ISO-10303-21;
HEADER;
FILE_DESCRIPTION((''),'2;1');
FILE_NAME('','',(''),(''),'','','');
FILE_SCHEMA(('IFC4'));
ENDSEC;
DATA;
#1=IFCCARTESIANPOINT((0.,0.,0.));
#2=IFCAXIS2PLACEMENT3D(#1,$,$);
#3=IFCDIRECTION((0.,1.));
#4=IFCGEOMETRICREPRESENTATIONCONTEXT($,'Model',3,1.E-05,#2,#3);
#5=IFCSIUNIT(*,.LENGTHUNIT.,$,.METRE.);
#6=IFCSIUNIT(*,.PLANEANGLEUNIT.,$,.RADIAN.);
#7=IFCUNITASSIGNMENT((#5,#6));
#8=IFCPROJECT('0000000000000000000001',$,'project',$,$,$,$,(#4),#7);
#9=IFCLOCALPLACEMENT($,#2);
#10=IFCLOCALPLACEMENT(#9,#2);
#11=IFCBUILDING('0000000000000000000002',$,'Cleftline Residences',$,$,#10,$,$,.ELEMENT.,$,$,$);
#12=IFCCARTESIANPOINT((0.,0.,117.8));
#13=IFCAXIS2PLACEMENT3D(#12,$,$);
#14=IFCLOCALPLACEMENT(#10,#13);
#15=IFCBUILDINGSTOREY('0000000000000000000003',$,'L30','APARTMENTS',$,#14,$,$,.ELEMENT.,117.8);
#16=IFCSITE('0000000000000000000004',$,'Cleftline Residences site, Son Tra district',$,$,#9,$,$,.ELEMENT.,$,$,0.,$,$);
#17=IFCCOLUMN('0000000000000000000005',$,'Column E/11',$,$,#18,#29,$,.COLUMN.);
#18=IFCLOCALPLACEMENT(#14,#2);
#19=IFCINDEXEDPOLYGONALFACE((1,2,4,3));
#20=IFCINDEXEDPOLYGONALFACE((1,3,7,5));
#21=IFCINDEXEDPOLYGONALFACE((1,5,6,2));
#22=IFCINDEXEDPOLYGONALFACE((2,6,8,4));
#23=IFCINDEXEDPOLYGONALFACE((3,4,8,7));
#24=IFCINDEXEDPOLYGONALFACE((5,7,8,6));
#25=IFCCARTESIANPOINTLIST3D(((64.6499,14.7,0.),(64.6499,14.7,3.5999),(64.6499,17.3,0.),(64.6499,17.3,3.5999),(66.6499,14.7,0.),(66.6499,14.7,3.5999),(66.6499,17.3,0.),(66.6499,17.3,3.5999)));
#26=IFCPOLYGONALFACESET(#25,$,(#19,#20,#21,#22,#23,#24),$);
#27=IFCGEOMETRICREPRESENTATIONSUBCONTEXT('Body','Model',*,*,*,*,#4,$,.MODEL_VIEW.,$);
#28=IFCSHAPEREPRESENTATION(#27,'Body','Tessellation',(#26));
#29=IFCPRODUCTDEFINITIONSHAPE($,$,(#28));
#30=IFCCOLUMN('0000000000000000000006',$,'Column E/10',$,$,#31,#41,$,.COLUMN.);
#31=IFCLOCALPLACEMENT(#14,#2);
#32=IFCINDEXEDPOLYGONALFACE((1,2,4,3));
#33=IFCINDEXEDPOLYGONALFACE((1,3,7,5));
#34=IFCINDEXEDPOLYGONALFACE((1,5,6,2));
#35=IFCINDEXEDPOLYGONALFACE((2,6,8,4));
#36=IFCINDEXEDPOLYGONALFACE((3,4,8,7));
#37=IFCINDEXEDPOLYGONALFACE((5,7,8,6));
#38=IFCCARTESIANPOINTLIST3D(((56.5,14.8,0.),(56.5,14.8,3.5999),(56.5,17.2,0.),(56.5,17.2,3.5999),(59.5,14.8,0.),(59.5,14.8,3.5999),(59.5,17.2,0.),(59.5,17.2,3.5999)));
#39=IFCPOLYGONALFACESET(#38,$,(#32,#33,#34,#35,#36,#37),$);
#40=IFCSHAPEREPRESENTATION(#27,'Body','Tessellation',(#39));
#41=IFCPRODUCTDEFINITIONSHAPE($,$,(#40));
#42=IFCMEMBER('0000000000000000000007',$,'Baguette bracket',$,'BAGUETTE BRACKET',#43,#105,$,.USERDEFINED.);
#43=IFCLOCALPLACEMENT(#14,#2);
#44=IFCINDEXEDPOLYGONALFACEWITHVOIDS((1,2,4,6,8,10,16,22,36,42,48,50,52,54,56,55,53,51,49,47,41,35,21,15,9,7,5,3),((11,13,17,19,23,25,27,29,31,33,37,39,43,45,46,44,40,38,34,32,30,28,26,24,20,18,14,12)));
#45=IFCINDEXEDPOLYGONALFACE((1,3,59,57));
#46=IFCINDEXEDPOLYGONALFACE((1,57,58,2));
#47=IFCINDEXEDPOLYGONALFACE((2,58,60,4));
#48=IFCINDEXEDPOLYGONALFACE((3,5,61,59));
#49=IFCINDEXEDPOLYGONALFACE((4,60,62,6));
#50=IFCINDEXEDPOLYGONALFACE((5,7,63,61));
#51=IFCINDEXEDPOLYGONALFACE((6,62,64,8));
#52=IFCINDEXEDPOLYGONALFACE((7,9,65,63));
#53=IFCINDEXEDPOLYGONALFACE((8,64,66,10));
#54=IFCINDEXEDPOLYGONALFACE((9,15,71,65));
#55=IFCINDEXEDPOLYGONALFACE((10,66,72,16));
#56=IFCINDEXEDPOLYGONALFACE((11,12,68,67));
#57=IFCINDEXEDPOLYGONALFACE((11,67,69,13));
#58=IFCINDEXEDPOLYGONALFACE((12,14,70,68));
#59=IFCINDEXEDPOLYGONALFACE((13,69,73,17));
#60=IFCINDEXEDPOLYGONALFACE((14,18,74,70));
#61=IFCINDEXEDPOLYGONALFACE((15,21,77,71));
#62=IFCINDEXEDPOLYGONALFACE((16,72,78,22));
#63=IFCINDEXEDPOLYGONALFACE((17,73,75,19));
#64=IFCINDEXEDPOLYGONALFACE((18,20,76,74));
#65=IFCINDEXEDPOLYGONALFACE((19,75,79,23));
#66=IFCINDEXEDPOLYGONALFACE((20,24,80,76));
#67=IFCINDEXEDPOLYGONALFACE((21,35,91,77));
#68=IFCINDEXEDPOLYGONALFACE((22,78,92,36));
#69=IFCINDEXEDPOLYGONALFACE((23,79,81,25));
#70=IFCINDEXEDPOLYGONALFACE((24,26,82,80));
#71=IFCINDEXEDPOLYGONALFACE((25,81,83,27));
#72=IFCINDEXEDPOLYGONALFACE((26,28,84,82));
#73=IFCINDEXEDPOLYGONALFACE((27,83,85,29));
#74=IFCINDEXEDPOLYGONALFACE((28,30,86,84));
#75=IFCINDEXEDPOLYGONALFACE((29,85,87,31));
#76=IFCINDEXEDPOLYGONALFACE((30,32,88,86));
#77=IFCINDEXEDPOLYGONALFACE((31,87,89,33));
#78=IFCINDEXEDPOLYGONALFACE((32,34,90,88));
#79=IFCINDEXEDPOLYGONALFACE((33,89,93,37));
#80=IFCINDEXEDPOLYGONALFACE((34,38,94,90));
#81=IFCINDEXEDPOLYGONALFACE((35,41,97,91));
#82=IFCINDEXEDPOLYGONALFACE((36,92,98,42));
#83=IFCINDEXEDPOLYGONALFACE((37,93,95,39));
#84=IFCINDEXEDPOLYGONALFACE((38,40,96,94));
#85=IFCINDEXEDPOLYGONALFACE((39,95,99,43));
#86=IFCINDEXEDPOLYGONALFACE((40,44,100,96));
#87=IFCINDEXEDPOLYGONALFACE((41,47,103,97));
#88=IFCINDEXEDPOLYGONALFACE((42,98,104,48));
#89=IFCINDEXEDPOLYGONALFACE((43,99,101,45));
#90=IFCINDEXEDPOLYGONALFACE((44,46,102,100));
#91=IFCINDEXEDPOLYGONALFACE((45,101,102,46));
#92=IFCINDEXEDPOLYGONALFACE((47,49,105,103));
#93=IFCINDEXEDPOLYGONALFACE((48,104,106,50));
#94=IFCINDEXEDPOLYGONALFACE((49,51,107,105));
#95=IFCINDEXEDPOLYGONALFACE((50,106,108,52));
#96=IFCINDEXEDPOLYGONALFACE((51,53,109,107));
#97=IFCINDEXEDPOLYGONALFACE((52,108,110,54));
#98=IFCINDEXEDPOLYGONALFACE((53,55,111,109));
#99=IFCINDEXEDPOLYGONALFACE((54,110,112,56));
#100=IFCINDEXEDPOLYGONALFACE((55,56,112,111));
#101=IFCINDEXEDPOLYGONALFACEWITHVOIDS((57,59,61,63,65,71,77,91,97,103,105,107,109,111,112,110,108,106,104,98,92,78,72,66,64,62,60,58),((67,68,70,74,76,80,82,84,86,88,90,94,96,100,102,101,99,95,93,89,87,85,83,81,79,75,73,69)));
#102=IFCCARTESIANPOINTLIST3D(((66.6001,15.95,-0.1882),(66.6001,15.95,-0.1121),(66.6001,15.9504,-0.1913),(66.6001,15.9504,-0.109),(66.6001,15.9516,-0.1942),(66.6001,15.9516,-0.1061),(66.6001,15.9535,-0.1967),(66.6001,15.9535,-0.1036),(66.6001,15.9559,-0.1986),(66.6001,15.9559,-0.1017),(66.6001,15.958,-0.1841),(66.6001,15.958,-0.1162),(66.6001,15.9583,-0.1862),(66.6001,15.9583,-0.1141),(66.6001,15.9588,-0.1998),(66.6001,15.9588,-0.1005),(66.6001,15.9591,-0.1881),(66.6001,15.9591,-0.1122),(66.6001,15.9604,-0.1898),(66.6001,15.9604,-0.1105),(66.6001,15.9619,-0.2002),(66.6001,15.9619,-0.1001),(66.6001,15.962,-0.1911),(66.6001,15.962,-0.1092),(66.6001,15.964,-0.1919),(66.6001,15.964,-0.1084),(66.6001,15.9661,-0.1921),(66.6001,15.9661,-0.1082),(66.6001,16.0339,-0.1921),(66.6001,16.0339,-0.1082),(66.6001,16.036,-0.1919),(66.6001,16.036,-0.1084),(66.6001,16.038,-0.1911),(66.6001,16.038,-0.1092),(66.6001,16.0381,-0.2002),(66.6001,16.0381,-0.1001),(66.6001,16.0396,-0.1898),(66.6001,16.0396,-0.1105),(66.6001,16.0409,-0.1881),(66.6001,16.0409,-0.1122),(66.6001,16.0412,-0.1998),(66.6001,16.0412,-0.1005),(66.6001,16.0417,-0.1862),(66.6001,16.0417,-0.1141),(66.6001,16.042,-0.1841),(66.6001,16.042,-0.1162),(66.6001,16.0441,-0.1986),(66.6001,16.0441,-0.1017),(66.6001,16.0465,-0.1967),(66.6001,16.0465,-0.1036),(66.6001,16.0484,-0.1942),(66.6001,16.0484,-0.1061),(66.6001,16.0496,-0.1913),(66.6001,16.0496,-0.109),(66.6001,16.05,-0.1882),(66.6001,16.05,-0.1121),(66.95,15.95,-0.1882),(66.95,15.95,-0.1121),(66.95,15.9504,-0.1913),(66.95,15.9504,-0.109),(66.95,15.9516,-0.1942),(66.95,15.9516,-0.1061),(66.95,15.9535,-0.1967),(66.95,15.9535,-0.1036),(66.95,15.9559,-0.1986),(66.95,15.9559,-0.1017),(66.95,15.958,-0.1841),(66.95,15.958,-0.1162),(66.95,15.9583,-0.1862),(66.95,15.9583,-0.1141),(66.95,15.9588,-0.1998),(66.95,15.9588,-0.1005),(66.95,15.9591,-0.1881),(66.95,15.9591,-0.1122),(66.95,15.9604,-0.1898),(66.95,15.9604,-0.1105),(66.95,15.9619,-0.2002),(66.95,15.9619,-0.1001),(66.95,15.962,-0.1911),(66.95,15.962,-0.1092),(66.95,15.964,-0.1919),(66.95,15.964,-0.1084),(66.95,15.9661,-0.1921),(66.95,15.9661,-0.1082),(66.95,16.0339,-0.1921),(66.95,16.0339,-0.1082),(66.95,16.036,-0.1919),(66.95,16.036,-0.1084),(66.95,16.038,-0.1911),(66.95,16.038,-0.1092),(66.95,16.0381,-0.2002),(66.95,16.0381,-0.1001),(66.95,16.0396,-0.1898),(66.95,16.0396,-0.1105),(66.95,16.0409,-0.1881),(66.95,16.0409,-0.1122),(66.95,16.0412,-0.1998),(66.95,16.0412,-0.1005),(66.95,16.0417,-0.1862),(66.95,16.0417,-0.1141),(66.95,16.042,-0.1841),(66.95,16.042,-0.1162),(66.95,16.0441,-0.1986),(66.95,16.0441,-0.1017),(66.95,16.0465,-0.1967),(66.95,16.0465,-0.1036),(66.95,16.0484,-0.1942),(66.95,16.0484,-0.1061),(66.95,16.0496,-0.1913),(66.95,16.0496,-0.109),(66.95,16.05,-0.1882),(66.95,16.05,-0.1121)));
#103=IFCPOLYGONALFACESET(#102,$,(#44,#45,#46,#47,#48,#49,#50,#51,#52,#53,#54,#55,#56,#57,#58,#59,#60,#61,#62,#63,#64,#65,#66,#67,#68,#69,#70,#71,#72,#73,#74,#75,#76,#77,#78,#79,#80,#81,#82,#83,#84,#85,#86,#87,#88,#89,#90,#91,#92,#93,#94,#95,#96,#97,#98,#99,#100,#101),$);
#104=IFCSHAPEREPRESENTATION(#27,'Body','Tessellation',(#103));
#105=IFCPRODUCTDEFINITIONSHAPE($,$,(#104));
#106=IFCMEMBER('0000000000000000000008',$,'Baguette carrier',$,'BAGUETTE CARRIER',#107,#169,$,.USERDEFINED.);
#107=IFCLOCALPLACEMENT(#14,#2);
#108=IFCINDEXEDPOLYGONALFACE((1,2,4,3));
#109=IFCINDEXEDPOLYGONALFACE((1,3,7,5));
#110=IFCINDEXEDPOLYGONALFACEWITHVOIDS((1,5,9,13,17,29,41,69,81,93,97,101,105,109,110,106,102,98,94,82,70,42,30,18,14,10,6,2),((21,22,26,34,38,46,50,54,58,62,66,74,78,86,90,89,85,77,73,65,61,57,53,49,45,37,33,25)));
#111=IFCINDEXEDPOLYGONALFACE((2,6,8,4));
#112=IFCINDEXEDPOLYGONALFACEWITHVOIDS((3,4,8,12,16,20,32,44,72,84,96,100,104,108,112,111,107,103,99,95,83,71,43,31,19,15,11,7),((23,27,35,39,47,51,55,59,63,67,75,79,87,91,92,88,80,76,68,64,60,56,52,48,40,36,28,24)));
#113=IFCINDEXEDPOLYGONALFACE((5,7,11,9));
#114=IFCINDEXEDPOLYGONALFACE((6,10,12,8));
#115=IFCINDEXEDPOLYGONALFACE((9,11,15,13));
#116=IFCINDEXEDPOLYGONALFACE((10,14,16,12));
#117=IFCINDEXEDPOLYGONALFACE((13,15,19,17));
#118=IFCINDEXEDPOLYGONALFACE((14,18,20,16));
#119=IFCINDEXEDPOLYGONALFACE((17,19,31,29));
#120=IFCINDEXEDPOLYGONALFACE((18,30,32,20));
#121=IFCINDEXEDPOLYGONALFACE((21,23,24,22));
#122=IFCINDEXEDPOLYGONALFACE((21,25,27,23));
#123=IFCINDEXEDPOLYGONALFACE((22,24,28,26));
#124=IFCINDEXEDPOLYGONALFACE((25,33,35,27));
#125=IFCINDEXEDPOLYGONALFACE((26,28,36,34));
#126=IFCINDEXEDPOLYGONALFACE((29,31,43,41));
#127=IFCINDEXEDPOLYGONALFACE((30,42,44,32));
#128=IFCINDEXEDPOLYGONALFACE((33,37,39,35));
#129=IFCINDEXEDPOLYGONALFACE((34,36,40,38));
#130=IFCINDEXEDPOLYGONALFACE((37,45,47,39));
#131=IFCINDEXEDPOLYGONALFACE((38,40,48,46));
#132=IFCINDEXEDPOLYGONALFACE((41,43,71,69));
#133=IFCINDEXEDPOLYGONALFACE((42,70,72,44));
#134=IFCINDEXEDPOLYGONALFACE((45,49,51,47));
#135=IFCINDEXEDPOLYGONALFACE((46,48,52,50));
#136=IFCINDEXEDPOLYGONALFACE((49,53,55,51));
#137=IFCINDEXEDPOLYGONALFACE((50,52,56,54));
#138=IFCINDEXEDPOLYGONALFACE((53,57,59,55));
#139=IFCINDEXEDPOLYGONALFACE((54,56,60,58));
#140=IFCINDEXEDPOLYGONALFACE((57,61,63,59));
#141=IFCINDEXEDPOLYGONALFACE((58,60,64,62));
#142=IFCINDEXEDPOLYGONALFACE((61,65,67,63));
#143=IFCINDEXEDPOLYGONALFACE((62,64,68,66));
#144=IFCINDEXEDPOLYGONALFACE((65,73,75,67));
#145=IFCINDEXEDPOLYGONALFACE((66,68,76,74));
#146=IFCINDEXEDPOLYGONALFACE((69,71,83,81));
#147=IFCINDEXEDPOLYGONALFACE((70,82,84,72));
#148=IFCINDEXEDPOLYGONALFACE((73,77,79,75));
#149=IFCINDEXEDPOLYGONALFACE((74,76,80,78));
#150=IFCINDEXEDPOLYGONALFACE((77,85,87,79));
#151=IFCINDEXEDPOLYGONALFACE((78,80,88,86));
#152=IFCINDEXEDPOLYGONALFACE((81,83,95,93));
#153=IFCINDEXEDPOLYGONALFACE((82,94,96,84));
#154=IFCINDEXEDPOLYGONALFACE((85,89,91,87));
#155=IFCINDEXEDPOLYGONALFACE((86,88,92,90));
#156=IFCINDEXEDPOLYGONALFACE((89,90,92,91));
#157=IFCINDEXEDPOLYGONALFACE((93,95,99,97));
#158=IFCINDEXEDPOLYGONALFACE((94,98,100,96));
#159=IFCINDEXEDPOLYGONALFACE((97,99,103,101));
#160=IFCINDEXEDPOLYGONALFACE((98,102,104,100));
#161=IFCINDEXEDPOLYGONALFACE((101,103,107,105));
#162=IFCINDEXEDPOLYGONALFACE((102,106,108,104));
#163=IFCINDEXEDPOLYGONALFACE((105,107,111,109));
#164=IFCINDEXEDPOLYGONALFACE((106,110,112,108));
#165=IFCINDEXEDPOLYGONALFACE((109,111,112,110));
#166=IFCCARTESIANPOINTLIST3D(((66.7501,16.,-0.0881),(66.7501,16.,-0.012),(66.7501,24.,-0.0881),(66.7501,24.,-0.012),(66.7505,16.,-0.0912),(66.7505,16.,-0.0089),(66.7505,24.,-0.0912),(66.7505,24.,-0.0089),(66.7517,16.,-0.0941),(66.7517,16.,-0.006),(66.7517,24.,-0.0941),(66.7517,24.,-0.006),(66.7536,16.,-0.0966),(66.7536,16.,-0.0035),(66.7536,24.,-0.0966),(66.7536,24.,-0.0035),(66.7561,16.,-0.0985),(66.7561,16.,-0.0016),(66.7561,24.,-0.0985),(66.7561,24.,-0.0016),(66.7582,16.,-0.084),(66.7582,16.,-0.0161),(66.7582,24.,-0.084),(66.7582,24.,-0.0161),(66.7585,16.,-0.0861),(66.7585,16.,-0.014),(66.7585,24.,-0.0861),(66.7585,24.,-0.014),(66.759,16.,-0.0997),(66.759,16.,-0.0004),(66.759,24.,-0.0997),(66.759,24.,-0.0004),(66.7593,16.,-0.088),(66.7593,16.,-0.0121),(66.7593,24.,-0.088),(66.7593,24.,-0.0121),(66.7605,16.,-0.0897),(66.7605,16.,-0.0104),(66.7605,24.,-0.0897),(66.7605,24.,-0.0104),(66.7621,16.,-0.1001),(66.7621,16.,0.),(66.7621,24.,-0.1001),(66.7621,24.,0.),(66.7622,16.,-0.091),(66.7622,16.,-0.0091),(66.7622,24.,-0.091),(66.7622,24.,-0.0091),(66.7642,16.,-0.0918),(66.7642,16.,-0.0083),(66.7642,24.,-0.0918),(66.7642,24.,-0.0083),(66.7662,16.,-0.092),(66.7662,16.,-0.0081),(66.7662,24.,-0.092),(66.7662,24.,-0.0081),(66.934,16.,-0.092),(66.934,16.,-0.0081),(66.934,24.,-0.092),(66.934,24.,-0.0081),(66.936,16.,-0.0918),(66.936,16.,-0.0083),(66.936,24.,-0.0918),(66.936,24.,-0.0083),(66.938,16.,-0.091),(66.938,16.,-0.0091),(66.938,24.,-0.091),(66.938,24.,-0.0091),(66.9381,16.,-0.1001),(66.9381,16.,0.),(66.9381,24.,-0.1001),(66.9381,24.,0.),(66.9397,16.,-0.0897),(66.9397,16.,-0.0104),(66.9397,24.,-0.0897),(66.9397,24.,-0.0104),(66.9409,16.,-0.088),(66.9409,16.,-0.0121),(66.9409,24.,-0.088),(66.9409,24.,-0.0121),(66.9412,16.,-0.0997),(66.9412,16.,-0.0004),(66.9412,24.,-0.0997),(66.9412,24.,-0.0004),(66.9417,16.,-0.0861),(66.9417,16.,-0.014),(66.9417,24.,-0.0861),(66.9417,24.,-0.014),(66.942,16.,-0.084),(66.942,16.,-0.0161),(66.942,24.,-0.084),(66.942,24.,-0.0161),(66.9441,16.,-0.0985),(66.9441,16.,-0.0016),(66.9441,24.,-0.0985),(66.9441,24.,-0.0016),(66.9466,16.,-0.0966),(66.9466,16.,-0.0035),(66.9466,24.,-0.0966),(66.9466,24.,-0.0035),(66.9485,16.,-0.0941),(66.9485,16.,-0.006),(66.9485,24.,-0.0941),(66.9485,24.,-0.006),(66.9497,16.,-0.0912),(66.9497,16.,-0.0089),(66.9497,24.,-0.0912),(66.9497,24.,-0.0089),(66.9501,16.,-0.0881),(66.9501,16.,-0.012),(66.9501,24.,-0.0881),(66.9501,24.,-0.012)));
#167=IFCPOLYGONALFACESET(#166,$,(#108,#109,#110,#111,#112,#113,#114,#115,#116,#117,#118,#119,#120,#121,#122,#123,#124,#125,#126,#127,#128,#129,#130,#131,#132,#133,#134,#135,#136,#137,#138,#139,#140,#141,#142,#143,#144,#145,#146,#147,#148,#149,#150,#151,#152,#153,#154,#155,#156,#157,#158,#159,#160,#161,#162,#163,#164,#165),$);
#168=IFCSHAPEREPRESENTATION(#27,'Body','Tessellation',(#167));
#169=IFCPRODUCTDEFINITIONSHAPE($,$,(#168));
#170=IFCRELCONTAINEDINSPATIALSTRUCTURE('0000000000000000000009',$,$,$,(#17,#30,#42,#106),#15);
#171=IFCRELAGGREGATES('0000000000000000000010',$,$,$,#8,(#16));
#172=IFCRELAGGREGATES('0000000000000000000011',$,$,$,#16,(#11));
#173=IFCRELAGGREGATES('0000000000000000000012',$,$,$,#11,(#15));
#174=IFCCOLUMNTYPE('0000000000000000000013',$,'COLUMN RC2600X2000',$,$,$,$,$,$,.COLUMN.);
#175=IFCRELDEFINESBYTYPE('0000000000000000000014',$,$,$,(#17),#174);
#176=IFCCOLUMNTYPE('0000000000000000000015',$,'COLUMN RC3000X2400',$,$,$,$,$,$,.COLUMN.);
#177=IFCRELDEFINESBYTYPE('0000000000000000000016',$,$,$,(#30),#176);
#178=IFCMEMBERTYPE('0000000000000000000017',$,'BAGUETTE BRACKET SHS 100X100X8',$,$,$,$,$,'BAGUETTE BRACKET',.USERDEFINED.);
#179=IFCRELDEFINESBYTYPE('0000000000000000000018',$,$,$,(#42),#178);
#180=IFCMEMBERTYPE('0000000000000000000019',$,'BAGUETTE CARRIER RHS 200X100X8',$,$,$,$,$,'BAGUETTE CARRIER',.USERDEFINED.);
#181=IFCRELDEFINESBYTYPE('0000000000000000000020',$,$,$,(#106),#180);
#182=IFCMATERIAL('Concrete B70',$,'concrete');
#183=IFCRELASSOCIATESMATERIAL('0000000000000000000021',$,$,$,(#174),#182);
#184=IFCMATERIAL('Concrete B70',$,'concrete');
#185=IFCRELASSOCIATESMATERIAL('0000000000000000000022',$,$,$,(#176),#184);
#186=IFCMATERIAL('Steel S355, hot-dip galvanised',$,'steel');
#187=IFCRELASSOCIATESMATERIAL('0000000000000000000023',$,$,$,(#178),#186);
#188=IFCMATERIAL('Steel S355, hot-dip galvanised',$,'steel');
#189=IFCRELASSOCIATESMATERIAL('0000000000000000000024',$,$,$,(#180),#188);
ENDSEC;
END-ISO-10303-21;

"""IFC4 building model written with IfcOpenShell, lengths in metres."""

from ifc_helpers import new_model, si_unit, direction, frame, origin, origin_2d, place, context, subcontext, project, spatial, rectangle, hollow_rectangle, extrude, material, material_profile, profile_set, type_object, element, save


model = new_model("IFC4")

# Units and contexts
model_context = context("Model", 3, precision=1e-05, world=origin(), true_north=direction((0.0, 1.0)))
body_context = subcontext(model_context, "Body", "Model", "MODEL_VIEW")
ifc_project = project(units=[si_unit("LENGTHUNIT", "METRE"), si_unit("PLANEANGLEUNIT", "RADIAN")], contexts=[model_context])

# Site, building, storey
site_placement = place(None, origin())
site = spatial("IfcSite", under=ifc_project, at=site_placement, Name="Cleftline Residences site, Son Tra district", CompositionType="ELEMENT", RefElevation=0.0)
building_placement = place(site_placement, origin())
building = spatial("IfcBuilding", under=site, at=building_placement, Name="Cleftline Residences", CompositionType="ELEMENT")
storey_placement = place(building_placement, frame((0.0, 0.0, 117.8)))
storey = spatial("IfcBuildingStorey", under=building, at=storey_placement, Name="L30", Description="APARTMENTS", CompositionType="ELEMENT", Elevation=117.8)

# Columns
ifc_material_1 = material(Name="Concrete B70", Category="concrete")
ifc_material_profile_1 = material_profile(ifc_material_1, rectangle(XDim=2.6001, YDim=2.0, at=origin_2d()))
ifc_profile_set_1 = profile_set([ifc_material_profile_1], Name="Concrete B70")
column_type_1 = type_object("IfcColumnType", Name="COLUMN RC2600X2000", PredefinedType="COLUMN", material=ifc_profile_set_1)
column_1_placement = place(storey_placement, frame((65.6499, 16.0, 0.0), z_axis=(0.0, 0.0, 1.0), x_axis=(0.0, 1.0, 0.0)))
element("IfcColumn", 1, at=column_1_placement, inside=storey, type_object=column_type_1, Name="Column E/11", PredefinedType="COLUMN", context=body_context, shape_type="SweptSolid", body=[
    extrude(rectangle(XDim=2.6001, YDim=2.0, at=origin_2d()), origin(), (0.0, 0.0, 1.0), 3.5999),
])
ifc_material_2 = material(Name="Concrete B70", Category="concrete")
ifc_material_profile_2 = material_profile(ifc_material_2, rectangle(XDim=3.0, YDim=2.3999, at=origin_2d()))
ifc_profile_set_2 = profile_set([ifc_material_profile_2], Name="Concrete B70")
column_type_2 = type_object("IfcColumnType", Name="COLUMN RC3000X2400", PredefinedType="COLUMN", material=ifc_profile_set_2)
column_2_placement = place(storey_placement, frame((58.0, 16.0, 0.0), z_axis=(0.0, 0.0, 1.0), x_axis=(1.0, 0.0, 0.0)))
element("IfcColumn", 2, at=column_2_placement, inside=storey, type_object=column_type_2, Name="Column E/10", PredefinedType="COLUMN", context=body_context, shape_type="SweptSolid", body=[
    extrude(rectangle(XDim=3.0, YDim=2.3999, at=origin_2d()), origin(), (0.0, 0.0, 1.0), 3.5999),
])

# Members
ifc_material_3 = material(Name="Steel S355, hot-dip galvanised", Category="steel")
ifc_material_profile_3 = material_profile(ifc_material_3, hollow_rectangle(XDim=0.1001, YDim=0.1001, WallThickness=0.0081, InnerFilletRadius=0.0081, OuterFilletRadius=0.012, at=origin_2d()))
ifc_profile_set_3 = profile_set([ifc_material_profile_3], Name="Steel S355, hot-dip galvanised")
member_type_1 = type_object("IfcMemberType", Name="BAGUETTE BRACKET SHS 100X100X8", ElementType="BAGUETTE BRACKET", PredefinedType="USERDEFINED", material=ifc_profile_set_3)
member_1_placement = place(storey_placement, frame((66.6001, 16.0, -0.1501), z_axis=(1.0, 0.0, 0.0), x_axis=(0.0, 1.0, 0.0)))
element("IfcMember", 3, at=member_1_placement, inside=storey, type_object=member_type_1, Name="Baguette bracket", ObjectType="BAGUETTE BRACKET", PredefinedType="USERDEFINED", context=body_context, shape_type="SweptSolid", body=[
    extrude(hollow_rectangle(XDim=0.1001, YDim=0.1001, WallThickness=0.0081, InnerFilletRadius=0.0081, OuterFilletRadius=0.012, at=origin_2d()), origin(), (0.0, 0.0, 1.0), 0.3499),
])
ifc_material_4 = material(Name="Steel S355, hot-dip galvanised", Category="steel")
ifc_material_profile_4 = material_profile(ifc_material_4, hollow_rectangle(XDim=0.1001, YDim=0.2, WallThickness=0.0081, InnerFilletRadius=0.0081, OuterFilletRadius=0.012, at=origin_2d()))
ifc_profile_set_4 = profile_set([ifc_material_profile_4], Name="Steel S355, hot-dip galvanised")
member_type_2 = type_object("IfcMemberType", Name="BAGUETTE CARRIER RHS 200X100X8", ElementType="BAGUETTE CARRIER", PredefinedType="USERDEFINED", material=ifc_profile_set_4)
member_2_placement = place(storey_placement, frame((66.8501, 16.0, -0.05), z_axis=(0.0, 1.0, 0.0), x_axis=(0.0, 0.0, 1.0)))
element("IfcMember", 4, at=member_2_placement, inside=storey, type_object=member_type_2, Name="Baguette carrier", ObjectType="BAGUETTE CARRIER", PredefinedType="USERDEFINED", context=body_context, shape_type="SweptSolid", body=[
    extrude(hollow_rectangle(XDim=0.1001, YDim=0.2, WallThickness=0.0081, InnerFilletRadius=0.0081, OuterFilletRadius=0.012, at=origin_2d()), origin(), (0.0, 0.0, 1.0), 8.0),
])

save(model, "model.ifc")
